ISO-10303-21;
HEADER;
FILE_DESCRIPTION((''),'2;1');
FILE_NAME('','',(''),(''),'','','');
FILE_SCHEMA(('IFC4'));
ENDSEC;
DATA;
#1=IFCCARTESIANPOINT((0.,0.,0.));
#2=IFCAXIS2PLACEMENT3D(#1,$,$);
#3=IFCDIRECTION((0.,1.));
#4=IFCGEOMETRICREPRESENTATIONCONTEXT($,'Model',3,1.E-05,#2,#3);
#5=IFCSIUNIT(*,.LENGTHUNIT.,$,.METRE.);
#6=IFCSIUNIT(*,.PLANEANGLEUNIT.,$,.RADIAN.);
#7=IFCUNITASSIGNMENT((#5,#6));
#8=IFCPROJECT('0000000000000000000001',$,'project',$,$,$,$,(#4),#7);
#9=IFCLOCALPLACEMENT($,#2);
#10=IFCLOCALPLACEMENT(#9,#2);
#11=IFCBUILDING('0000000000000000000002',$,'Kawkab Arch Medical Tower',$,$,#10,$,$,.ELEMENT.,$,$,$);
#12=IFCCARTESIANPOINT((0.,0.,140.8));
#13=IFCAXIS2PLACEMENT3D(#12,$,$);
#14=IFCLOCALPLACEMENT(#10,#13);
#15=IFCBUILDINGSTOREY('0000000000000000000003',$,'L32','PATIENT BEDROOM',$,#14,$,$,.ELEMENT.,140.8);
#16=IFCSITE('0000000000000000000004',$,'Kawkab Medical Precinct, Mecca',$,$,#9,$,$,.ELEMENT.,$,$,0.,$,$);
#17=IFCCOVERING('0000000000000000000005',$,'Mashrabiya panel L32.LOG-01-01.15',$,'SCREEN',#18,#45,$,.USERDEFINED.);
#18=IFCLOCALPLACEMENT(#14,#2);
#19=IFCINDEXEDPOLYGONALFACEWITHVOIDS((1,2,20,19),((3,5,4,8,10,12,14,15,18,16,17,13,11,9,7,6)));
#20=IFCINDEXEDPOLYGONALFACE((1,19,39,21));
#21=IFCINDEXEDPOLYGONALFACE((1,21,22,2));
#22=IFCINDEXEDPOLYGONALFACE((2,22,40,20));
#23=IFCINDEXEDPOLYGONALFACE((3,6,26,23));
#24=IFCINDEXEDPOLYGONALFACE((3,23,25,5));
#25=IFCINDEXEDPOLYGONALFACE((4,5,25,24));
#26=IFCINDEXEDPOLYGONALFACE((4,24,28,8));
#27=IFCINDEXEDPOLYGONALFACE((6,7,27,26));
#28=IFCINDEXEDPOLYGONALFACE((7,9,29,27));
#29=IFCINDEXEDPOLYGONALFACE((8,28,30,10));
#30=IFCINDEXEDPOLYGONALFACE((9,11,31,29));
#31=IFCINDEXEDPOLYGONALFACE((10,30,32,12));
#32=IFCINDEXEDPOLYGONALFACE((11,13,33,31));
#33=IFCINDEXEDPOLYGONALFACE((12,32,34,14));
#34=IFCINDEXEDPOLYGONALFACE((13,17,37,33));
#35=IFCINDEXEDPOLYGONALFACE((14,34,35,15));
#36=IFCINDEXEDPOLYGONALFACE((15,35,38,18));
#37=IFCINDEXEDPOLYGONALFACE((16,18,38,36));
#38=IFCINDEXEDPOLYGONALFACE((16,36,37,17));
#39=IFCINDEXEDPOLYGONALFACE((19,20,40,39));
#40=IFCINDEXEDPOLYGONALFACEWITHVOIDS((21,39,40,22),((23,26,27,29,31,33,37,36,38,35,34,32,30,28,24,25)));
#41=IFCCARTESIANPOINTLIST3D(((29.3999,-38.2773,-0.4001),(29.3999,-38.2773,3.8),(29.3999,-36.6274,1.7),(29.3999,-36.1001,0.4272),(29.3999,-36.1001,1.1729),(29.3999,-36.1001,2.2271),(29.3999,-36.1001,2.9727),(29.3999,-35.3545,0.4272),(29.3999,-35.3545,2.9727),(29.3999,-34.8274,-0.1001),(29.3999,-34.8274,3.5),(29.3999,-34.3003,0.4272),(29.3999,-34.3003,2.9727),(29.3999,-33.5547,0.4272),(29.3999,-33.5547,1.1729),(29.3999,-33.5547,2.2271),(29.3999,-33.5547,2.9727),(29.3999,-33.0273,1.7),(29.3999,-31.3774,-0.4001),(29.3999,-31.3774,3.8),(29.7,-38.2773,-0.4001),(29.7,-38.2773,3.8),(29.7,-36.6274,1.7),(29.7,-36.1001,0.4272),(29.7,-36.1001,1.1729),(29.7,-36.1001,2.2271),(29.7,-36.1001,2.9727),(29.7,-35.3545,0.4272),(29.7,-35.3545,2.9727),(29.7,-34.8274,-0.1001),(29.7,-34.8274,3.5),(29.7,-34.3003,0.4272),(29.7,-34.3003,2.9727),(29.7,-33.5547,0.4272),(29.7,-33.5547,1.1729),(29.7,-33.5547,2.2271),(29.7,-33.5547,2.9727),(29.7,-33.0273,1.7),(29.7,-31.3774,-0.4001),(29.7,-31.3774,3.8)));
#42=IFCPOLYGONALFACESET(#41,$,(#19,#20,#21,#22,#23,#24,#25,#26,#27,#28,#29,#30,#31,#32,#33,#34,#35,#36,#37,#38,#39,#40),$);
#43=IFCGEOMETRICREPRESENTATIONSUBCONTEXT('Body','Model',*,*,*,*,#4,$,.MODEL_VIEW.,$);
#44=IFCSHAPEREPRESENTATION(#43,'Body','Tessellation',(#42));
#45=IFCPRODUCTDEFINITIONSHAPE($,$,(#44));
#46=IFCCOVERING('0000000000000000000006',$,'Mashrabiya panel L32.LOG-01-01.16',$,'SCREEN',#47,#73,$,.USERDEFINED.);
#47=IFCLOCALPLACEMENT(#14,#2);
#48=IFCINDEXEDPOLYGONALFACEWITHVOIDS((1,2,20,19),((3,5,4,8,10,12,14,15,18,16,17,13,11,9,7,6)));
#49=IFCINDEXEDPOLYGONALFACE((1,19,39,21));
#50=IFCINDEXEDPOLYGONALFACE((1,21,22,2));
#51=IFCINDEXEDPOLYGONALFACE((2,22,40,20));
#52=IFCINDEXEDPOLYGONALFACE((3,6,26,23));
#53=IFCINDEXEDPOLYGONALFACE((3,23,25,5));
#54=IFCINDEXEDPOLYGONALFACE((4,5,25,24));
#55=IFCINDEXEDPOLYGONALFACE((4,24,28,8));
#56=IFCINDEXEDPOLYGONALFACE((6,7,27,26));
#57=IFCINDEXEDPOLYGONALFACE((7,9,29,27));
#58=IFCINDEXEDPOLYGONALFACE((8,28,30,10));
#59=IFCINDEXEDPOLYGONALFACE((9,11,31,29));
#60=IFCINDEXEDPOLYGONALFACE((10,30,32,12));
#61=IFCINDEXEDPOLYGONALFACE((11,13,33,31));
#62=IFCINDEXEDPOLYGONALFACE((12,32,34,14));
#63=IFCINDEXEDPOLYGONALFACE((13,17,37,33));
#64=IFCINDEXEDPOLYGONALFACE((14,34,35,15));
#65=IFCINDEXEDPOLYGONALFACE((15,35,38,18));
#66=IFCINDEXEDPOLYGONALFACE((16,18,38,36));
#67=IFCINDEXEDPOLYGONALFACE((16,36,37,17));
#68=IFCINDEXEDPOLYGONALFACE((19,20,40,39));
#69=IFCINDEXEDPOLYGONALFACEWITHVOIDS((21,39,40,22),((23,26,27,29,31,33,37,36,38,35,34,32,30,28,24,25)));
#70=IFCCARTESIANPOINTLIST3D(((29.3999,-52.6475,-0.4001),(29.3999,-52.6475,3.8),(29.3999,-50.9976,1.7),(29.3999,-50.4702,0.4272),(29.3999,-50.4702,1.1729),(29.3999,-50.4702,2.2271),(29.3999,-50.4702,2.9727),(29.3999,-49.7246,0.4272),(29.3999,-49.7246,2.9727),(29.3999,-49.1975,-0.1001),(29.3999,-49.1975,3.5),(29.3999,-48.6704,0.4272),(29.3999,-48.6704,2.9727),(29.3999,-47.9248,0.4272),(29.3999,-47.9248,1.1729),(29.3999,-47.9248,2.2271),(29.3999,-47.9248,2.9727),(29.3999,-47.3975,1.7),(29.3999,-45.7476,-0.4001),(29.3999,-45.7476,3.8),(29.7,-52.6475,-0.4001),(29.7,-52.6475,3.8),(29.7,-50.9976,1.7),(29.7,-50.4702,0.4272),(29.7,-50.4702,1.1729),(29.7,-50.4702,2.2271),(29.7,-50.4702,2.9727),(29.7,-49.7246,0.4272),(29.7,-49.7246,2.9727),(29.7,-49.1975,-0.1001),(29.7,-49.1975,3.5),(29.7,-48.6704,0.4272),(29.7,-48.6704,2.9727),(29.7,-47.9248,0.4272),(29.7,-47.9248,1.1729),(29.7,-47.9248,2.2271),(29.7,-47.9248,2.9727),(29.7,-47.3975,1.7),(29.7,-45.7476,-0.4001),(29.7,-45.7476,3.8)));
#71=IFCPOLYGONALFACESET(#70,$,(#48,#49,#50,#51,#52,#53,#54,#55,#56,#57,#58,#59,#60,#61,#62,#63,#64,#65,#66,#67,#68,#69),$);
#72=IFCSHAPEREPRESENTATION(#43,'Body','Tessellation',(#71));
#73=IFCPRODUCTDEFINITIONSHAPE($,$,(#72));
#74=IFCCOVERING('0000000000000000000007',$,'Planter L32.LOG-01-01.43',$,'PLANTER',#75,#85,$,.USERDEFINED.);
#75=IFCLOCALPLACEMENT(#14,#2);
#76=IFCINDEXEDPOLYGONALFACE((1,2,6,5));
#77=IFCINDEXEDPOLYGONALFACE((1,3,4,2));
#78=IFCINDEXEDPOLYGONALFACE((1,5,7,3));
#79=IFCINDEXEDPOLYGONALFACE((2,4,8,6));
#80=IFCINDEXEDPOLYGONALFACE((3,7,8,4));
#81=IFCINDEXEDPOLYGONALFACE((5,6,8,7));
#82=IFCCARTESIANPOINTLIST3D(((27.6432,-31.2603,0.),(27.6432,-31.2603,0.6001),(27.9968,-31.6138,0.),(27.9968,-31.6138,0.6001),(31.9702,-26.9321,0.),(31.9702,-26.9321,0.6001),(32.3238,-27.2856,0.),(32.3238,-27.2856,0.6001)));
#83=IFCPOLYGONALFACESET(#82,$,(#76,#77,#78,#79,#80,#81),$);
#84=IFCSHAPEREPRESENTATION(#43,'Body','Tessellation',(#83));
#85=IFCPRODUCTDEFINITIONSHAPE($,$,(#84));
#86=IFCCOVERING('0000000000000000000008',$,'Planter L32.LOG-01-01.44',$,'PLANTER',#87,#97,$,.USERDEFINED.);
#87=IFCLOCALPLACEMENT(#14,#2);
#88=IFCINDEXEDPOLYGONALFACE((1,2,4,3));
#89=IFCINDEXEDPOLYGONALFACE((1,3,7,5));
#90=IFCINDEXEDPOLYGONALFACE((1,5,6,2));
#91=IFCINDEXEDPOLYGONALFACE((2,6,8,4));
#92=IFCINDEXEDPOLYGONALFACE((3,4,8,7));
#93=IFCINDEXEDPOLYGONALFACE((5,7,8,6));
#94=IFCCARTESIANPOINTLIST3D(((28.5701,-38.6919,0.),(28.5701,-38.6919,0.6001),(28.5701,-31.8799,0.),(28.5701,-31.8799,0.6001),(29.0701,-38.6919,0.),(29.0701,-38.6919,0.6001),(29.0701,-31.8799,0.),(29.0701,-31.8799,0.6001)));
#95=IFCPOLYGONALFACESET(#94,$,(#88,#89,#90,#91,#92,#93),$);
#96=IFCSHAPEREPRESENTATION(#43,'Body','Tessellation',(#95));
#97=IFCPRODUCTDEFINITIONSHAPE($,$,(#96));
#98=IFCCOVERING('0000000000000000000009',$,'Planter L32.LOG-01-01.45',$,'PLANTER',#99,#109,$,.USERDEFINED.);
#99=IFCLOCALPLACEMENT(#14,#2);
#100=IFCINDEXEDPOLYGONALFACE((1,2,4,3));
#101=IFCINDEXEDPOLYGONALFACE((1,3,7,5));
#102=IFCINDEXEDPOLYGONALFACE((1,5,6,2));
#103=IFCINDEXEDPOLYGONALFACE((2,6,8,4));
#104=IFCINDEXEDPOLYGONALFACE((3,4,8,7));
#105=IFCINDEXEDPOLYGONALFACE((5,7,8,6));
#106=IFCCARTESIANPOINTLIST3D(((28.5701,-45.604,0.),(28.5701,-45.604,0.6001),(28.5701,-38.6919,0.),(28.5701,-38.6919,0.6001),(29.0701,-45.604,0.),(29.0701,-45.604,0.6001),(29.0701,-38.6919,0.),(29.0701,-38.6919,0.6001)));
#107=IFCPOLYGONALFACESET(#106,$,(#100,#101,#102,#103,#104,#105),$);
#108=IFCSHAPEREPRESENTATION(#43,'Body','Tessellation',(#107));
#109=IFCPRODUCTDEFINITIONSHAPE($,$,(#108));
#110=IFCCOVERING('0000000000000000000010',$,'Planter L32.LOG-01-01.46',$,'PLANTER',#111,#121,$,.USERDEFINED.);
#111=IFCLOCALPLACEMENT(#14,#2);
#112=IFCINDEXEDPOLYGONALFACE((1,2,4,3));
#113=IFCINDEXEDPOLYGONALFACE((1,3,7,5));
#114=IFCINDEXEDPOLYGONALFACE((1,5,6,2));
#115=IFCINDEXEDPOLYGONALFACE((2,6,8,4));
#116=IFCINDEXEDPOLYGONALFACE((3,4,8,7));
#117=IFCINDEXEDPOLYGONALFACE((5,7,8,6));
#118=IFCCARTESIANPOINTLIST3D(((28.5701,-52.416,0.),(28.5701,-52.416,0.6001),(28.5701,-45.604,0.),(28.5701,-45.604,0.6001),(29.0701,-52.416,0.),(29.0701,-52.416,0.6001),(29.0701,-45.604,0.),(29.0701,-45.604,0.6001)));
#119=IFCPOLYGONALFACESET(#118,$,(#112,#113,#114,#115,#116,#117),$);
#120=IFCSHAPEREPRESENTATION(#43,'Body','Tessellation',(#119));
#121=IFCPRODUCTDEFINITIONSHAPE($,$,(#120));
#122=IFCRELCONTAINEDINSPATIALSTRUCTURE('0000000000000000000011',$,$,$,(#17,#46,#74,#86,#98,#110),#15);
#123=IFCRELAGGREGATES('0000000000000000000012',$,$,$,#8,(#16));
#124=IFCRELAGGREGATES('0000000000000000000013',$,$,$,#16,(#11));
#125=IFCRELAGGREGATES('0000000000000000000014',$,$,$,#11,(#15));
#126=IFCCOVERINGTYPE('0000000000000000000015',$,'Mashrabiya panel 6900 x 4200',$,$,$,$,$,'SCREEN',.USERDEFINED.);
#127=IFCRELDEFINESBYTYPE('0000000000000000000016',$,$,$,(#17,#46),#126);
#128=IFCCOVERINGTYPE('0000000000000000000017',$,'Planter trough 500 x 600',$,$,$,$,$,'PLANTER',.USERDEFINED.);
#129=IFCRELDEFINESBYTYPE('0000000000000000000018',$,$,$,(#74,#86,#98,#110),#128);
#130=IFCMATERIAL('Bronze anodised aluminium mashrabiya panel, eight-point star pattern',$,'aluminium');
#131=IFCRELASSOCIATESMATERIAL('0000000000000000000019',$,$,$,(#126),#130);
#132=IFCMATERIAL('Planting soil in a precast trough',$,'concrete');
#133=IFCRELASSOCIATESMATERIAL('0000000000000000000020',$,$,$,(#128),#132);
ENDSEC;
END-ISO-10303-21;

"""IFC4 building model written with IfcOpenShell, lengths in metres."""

from ifc_helpers import new_model, si_unit, direction, frame, origin, origin_2d, place, context, subcontext, project, spatial, polyline, rectangle, outline, extrude, material, material_profile, profile_set, type_object, element, save


model = new_model("IFC4")

# Units and contexts
model_context = context("Model", 3, precision=1e-05, world=origin(), true_north=direction((0.0, 1.0)))
body_context = subcontext(model_context, "Body", "Model", "MODEL_VIEW")
ifc_project = project(units=[si_unit("LENGTHUNIT", "METRE"), si_unit("PLANEANGLEUNIT", "RADIAN")], contexts=[model_context])

# Site, building, storey
site_placement = place(None, origin())
site = spatial("IfcSite", under=ifc_project, at=site_placement, Name="Kawkab Medical Precinct, Mecca", CompositionType="ELEMENT", RefElevation=0.0)
building_placement = place(site_placement, origin())
building = spatial("IfcBuilding", under=site, at=building_placement, Name="Kawkab Arch Medical Tower", CompositionType="ELEMENT")
storey_placement = place(building_placement, frame((0.0, 0.0, 140.8)))
storey = spatial("IfcBuildingStorey", under=building, at=storey_placement, Name="L32", Description="PATIENT BEDROOM", CompositionType="ELEMENT", Elevation=140.8)

# Coverings
ifc_material_1 = material(Name="Bronze anodised aluminium mashrabiya panel, eight-point star pattern", Category="aluminium")
ifc_material_profile_1 = material_profile(ifc_material_1, outline(polyline([(-3.45, -2.1001), (3.45, -2.1001), (3.45, 2.1001), (-3.45, 2.1001), (-3.45, -2.1001)]), holes=[polyline([(1.8, 0.0), (1.2727, 0.5271), (1.2727, 1.2727), (0.5271, 1.2727), (0.0, 1.8), (-0.5271, 1.2727), (-1.2727, 1.2727), (-1.2727, 0.5271), (-1.8, 0.0), (-1.2727, -0.5271), (-1.2727, -1.2727), (-0.5271, -1.2727), (0.0, -1.8), (0.5271, -1.2727), (1.2727, -1.2727), (1.2727, -0.5271), (1.8, 0.0)])]), Name="Mashrabiya panel 6900x4200")
ifc_profile_set_1 = profile_set([ifc_material_profile_1], Name="Bronze anodised aluminium mashrabiya panel, eight-point star pattern")
covering_type_1 = type_object("IfcCoveringType", Name="Mashrabiya panel 6900 x 4200", ElementType="SCREEN", PredefinedType="USERDEFINED", material=ifc_profile_set_1)
for number, where, z_axis, x_axis, name in (
    (1, (29.3999, -34.8274, 1.7), (1.0, 0.0, 0.0), (0.0, 1.0, 0.0), "Mashrabiya panel L32.LOG-01-01.15"),
    (2, (29.3999, -49.1975, 1.7), (1.0, 0.0, 0.0), (0.0, 1.0, 0.0), "Mashrabiya panel L32.LOG-01-01.16"),
):
    element("IfcCovering", number, at=place(storey_placement, frame(where, z_axis=z_axis, x_axis=x_axis)), inside=storey, type_object=covering_type_1, Name=name, ObjectType="SCREEN", PredefinedType="USERDEFINED", context=body_context, shape_type="SweptSolid", body=[
        extrude(outline(polyline([(-3.45, -2.1001), (3.45, -2.1001), (3.45, 2.1001), (-3.45, 2.1001), (-3.45, -2.1001)]), holes=[polyline([(1.8, 0.0), (1.2727, 0.5271), (1.2727, 1.2727), (0.5271, 1.2727), (0.0, 1.8), (-0.5271, 1.2727), (-1.2727, 1.2727), (-1.2727, 0.5271), (-1.8, 0.0), (-1.2727, -0.5271), (-1.2727, -1.2727), (-0.5271, -1.2727), (0.0, -1.8), (0.5271, -1.2727), (1.2727, -1.2727), (1.2727, -0.5271), (1.8, 0.0)])]), origin(), (0.0, 0.0, 1.0), 0.3),
    ])
ifc_material_2 = material(Name="Planting soil in a precast trough", Category="concrete")
ifc_material_profile_2 = material_profile(ifc_material_2, rectangle(XDim=0.5, YDim=0.6001, at=origin_2d()), Name="Trough 500x600")
ifc_profile_set_2 = profile_set([ifc_material_profile_2], Name="Planting soil in a precast trough")
covering_type_2 = type_object("IfcCoveringType", Name="Planter trough 500 x 600", ElementType="PLANTER", PredefinedType="USERDEFINED", material=ifc_profile_set_2)
covering_1_placement = place(storey_placement, frame((32.147, -27.1089, 0.3), z_axis=(-0.707007, -0.707207, 0.0), x_axis=(0.707207, -0.707007, 0.0)))
element("IfcCovering", 3, at=covering_1_placement, inside=storey, type_object=covering_type_2, Name="Planter L32.LOG-01-01.43", ObjectType="PLANTER", PredefinedType="USERDEFINED", context=body_context, shape_type="SweptSolid", body=[
    extrude(rectangle(XDim=0.5, YDim=0.6001, at=origin_2d()), origin(), (0.0, 0.0, 1.0), 6.1201),
])
covering_2_placement = place(storey_placement, frame((28.8201, -31.8799, 0.3), z_axis=(0.0, -1.0, 0.0), x_axis=(1.0, 0.0, 0.0)))
element("IfcCovering", 4, at=covering_2_placement, inside=storey, type_object=covering_type_2, Name="Planter L32.LOG-01-01.44", ObjectType="PLANTER", PredefinedType="USERDEFINED", context=body_context, shape_type="SweptSolid", body=[
    extrude(rectangle(XDim=0.5, YDim=0.6001, at=origin_2d()), origin(), (0.0, 0.0, 1.0), 6.812),
])
covering_3_placement = place(storey_placement, frame((28.8201, -38.6919, 0.3), z_axis=(0.0, -1.0, 0.0), x_axis=(1.0, 0.0, 0.0)))
element("IfcCovering", 5, at=covering_3_placement, inside=storey, type_object=covering_type_2, Name="Planter L32.LOG-01-01.45", ObjectType="PLANTER", PredefinedType="USERDEFINED", context=body_context, shape_type="SweptSolid", body=[
    extrude(rectangle(XDim=0.5, YDim=0.6001, at=origin_2d()), origin(), (0.0, 0.0, 1.0), 6.9121),
])
covering_4_placement = place(storey_placement, frame((28.8201, -45.604, 0.3), z_axis=(0.0, -1.0, 0.0), x_axis=(1.0, 0.0, 0.0)))
element("IfcCovering", 6, at=covering_4_placement, inside=storey, type_object=covering_type_2, Name="Planter L32.LOG-01-01.46", ObjectType="PLANTER", PredefinedType="USERDEFINED", context=body_context, shape_type="SweptSolid", body=[
    extrude(rectangle(XDim=0.5, YDim=0.6001, at=origin_2d()), origin(), (0.0, 0.0, 1.0), 6.812),
])

save(model, "model.ifc")
